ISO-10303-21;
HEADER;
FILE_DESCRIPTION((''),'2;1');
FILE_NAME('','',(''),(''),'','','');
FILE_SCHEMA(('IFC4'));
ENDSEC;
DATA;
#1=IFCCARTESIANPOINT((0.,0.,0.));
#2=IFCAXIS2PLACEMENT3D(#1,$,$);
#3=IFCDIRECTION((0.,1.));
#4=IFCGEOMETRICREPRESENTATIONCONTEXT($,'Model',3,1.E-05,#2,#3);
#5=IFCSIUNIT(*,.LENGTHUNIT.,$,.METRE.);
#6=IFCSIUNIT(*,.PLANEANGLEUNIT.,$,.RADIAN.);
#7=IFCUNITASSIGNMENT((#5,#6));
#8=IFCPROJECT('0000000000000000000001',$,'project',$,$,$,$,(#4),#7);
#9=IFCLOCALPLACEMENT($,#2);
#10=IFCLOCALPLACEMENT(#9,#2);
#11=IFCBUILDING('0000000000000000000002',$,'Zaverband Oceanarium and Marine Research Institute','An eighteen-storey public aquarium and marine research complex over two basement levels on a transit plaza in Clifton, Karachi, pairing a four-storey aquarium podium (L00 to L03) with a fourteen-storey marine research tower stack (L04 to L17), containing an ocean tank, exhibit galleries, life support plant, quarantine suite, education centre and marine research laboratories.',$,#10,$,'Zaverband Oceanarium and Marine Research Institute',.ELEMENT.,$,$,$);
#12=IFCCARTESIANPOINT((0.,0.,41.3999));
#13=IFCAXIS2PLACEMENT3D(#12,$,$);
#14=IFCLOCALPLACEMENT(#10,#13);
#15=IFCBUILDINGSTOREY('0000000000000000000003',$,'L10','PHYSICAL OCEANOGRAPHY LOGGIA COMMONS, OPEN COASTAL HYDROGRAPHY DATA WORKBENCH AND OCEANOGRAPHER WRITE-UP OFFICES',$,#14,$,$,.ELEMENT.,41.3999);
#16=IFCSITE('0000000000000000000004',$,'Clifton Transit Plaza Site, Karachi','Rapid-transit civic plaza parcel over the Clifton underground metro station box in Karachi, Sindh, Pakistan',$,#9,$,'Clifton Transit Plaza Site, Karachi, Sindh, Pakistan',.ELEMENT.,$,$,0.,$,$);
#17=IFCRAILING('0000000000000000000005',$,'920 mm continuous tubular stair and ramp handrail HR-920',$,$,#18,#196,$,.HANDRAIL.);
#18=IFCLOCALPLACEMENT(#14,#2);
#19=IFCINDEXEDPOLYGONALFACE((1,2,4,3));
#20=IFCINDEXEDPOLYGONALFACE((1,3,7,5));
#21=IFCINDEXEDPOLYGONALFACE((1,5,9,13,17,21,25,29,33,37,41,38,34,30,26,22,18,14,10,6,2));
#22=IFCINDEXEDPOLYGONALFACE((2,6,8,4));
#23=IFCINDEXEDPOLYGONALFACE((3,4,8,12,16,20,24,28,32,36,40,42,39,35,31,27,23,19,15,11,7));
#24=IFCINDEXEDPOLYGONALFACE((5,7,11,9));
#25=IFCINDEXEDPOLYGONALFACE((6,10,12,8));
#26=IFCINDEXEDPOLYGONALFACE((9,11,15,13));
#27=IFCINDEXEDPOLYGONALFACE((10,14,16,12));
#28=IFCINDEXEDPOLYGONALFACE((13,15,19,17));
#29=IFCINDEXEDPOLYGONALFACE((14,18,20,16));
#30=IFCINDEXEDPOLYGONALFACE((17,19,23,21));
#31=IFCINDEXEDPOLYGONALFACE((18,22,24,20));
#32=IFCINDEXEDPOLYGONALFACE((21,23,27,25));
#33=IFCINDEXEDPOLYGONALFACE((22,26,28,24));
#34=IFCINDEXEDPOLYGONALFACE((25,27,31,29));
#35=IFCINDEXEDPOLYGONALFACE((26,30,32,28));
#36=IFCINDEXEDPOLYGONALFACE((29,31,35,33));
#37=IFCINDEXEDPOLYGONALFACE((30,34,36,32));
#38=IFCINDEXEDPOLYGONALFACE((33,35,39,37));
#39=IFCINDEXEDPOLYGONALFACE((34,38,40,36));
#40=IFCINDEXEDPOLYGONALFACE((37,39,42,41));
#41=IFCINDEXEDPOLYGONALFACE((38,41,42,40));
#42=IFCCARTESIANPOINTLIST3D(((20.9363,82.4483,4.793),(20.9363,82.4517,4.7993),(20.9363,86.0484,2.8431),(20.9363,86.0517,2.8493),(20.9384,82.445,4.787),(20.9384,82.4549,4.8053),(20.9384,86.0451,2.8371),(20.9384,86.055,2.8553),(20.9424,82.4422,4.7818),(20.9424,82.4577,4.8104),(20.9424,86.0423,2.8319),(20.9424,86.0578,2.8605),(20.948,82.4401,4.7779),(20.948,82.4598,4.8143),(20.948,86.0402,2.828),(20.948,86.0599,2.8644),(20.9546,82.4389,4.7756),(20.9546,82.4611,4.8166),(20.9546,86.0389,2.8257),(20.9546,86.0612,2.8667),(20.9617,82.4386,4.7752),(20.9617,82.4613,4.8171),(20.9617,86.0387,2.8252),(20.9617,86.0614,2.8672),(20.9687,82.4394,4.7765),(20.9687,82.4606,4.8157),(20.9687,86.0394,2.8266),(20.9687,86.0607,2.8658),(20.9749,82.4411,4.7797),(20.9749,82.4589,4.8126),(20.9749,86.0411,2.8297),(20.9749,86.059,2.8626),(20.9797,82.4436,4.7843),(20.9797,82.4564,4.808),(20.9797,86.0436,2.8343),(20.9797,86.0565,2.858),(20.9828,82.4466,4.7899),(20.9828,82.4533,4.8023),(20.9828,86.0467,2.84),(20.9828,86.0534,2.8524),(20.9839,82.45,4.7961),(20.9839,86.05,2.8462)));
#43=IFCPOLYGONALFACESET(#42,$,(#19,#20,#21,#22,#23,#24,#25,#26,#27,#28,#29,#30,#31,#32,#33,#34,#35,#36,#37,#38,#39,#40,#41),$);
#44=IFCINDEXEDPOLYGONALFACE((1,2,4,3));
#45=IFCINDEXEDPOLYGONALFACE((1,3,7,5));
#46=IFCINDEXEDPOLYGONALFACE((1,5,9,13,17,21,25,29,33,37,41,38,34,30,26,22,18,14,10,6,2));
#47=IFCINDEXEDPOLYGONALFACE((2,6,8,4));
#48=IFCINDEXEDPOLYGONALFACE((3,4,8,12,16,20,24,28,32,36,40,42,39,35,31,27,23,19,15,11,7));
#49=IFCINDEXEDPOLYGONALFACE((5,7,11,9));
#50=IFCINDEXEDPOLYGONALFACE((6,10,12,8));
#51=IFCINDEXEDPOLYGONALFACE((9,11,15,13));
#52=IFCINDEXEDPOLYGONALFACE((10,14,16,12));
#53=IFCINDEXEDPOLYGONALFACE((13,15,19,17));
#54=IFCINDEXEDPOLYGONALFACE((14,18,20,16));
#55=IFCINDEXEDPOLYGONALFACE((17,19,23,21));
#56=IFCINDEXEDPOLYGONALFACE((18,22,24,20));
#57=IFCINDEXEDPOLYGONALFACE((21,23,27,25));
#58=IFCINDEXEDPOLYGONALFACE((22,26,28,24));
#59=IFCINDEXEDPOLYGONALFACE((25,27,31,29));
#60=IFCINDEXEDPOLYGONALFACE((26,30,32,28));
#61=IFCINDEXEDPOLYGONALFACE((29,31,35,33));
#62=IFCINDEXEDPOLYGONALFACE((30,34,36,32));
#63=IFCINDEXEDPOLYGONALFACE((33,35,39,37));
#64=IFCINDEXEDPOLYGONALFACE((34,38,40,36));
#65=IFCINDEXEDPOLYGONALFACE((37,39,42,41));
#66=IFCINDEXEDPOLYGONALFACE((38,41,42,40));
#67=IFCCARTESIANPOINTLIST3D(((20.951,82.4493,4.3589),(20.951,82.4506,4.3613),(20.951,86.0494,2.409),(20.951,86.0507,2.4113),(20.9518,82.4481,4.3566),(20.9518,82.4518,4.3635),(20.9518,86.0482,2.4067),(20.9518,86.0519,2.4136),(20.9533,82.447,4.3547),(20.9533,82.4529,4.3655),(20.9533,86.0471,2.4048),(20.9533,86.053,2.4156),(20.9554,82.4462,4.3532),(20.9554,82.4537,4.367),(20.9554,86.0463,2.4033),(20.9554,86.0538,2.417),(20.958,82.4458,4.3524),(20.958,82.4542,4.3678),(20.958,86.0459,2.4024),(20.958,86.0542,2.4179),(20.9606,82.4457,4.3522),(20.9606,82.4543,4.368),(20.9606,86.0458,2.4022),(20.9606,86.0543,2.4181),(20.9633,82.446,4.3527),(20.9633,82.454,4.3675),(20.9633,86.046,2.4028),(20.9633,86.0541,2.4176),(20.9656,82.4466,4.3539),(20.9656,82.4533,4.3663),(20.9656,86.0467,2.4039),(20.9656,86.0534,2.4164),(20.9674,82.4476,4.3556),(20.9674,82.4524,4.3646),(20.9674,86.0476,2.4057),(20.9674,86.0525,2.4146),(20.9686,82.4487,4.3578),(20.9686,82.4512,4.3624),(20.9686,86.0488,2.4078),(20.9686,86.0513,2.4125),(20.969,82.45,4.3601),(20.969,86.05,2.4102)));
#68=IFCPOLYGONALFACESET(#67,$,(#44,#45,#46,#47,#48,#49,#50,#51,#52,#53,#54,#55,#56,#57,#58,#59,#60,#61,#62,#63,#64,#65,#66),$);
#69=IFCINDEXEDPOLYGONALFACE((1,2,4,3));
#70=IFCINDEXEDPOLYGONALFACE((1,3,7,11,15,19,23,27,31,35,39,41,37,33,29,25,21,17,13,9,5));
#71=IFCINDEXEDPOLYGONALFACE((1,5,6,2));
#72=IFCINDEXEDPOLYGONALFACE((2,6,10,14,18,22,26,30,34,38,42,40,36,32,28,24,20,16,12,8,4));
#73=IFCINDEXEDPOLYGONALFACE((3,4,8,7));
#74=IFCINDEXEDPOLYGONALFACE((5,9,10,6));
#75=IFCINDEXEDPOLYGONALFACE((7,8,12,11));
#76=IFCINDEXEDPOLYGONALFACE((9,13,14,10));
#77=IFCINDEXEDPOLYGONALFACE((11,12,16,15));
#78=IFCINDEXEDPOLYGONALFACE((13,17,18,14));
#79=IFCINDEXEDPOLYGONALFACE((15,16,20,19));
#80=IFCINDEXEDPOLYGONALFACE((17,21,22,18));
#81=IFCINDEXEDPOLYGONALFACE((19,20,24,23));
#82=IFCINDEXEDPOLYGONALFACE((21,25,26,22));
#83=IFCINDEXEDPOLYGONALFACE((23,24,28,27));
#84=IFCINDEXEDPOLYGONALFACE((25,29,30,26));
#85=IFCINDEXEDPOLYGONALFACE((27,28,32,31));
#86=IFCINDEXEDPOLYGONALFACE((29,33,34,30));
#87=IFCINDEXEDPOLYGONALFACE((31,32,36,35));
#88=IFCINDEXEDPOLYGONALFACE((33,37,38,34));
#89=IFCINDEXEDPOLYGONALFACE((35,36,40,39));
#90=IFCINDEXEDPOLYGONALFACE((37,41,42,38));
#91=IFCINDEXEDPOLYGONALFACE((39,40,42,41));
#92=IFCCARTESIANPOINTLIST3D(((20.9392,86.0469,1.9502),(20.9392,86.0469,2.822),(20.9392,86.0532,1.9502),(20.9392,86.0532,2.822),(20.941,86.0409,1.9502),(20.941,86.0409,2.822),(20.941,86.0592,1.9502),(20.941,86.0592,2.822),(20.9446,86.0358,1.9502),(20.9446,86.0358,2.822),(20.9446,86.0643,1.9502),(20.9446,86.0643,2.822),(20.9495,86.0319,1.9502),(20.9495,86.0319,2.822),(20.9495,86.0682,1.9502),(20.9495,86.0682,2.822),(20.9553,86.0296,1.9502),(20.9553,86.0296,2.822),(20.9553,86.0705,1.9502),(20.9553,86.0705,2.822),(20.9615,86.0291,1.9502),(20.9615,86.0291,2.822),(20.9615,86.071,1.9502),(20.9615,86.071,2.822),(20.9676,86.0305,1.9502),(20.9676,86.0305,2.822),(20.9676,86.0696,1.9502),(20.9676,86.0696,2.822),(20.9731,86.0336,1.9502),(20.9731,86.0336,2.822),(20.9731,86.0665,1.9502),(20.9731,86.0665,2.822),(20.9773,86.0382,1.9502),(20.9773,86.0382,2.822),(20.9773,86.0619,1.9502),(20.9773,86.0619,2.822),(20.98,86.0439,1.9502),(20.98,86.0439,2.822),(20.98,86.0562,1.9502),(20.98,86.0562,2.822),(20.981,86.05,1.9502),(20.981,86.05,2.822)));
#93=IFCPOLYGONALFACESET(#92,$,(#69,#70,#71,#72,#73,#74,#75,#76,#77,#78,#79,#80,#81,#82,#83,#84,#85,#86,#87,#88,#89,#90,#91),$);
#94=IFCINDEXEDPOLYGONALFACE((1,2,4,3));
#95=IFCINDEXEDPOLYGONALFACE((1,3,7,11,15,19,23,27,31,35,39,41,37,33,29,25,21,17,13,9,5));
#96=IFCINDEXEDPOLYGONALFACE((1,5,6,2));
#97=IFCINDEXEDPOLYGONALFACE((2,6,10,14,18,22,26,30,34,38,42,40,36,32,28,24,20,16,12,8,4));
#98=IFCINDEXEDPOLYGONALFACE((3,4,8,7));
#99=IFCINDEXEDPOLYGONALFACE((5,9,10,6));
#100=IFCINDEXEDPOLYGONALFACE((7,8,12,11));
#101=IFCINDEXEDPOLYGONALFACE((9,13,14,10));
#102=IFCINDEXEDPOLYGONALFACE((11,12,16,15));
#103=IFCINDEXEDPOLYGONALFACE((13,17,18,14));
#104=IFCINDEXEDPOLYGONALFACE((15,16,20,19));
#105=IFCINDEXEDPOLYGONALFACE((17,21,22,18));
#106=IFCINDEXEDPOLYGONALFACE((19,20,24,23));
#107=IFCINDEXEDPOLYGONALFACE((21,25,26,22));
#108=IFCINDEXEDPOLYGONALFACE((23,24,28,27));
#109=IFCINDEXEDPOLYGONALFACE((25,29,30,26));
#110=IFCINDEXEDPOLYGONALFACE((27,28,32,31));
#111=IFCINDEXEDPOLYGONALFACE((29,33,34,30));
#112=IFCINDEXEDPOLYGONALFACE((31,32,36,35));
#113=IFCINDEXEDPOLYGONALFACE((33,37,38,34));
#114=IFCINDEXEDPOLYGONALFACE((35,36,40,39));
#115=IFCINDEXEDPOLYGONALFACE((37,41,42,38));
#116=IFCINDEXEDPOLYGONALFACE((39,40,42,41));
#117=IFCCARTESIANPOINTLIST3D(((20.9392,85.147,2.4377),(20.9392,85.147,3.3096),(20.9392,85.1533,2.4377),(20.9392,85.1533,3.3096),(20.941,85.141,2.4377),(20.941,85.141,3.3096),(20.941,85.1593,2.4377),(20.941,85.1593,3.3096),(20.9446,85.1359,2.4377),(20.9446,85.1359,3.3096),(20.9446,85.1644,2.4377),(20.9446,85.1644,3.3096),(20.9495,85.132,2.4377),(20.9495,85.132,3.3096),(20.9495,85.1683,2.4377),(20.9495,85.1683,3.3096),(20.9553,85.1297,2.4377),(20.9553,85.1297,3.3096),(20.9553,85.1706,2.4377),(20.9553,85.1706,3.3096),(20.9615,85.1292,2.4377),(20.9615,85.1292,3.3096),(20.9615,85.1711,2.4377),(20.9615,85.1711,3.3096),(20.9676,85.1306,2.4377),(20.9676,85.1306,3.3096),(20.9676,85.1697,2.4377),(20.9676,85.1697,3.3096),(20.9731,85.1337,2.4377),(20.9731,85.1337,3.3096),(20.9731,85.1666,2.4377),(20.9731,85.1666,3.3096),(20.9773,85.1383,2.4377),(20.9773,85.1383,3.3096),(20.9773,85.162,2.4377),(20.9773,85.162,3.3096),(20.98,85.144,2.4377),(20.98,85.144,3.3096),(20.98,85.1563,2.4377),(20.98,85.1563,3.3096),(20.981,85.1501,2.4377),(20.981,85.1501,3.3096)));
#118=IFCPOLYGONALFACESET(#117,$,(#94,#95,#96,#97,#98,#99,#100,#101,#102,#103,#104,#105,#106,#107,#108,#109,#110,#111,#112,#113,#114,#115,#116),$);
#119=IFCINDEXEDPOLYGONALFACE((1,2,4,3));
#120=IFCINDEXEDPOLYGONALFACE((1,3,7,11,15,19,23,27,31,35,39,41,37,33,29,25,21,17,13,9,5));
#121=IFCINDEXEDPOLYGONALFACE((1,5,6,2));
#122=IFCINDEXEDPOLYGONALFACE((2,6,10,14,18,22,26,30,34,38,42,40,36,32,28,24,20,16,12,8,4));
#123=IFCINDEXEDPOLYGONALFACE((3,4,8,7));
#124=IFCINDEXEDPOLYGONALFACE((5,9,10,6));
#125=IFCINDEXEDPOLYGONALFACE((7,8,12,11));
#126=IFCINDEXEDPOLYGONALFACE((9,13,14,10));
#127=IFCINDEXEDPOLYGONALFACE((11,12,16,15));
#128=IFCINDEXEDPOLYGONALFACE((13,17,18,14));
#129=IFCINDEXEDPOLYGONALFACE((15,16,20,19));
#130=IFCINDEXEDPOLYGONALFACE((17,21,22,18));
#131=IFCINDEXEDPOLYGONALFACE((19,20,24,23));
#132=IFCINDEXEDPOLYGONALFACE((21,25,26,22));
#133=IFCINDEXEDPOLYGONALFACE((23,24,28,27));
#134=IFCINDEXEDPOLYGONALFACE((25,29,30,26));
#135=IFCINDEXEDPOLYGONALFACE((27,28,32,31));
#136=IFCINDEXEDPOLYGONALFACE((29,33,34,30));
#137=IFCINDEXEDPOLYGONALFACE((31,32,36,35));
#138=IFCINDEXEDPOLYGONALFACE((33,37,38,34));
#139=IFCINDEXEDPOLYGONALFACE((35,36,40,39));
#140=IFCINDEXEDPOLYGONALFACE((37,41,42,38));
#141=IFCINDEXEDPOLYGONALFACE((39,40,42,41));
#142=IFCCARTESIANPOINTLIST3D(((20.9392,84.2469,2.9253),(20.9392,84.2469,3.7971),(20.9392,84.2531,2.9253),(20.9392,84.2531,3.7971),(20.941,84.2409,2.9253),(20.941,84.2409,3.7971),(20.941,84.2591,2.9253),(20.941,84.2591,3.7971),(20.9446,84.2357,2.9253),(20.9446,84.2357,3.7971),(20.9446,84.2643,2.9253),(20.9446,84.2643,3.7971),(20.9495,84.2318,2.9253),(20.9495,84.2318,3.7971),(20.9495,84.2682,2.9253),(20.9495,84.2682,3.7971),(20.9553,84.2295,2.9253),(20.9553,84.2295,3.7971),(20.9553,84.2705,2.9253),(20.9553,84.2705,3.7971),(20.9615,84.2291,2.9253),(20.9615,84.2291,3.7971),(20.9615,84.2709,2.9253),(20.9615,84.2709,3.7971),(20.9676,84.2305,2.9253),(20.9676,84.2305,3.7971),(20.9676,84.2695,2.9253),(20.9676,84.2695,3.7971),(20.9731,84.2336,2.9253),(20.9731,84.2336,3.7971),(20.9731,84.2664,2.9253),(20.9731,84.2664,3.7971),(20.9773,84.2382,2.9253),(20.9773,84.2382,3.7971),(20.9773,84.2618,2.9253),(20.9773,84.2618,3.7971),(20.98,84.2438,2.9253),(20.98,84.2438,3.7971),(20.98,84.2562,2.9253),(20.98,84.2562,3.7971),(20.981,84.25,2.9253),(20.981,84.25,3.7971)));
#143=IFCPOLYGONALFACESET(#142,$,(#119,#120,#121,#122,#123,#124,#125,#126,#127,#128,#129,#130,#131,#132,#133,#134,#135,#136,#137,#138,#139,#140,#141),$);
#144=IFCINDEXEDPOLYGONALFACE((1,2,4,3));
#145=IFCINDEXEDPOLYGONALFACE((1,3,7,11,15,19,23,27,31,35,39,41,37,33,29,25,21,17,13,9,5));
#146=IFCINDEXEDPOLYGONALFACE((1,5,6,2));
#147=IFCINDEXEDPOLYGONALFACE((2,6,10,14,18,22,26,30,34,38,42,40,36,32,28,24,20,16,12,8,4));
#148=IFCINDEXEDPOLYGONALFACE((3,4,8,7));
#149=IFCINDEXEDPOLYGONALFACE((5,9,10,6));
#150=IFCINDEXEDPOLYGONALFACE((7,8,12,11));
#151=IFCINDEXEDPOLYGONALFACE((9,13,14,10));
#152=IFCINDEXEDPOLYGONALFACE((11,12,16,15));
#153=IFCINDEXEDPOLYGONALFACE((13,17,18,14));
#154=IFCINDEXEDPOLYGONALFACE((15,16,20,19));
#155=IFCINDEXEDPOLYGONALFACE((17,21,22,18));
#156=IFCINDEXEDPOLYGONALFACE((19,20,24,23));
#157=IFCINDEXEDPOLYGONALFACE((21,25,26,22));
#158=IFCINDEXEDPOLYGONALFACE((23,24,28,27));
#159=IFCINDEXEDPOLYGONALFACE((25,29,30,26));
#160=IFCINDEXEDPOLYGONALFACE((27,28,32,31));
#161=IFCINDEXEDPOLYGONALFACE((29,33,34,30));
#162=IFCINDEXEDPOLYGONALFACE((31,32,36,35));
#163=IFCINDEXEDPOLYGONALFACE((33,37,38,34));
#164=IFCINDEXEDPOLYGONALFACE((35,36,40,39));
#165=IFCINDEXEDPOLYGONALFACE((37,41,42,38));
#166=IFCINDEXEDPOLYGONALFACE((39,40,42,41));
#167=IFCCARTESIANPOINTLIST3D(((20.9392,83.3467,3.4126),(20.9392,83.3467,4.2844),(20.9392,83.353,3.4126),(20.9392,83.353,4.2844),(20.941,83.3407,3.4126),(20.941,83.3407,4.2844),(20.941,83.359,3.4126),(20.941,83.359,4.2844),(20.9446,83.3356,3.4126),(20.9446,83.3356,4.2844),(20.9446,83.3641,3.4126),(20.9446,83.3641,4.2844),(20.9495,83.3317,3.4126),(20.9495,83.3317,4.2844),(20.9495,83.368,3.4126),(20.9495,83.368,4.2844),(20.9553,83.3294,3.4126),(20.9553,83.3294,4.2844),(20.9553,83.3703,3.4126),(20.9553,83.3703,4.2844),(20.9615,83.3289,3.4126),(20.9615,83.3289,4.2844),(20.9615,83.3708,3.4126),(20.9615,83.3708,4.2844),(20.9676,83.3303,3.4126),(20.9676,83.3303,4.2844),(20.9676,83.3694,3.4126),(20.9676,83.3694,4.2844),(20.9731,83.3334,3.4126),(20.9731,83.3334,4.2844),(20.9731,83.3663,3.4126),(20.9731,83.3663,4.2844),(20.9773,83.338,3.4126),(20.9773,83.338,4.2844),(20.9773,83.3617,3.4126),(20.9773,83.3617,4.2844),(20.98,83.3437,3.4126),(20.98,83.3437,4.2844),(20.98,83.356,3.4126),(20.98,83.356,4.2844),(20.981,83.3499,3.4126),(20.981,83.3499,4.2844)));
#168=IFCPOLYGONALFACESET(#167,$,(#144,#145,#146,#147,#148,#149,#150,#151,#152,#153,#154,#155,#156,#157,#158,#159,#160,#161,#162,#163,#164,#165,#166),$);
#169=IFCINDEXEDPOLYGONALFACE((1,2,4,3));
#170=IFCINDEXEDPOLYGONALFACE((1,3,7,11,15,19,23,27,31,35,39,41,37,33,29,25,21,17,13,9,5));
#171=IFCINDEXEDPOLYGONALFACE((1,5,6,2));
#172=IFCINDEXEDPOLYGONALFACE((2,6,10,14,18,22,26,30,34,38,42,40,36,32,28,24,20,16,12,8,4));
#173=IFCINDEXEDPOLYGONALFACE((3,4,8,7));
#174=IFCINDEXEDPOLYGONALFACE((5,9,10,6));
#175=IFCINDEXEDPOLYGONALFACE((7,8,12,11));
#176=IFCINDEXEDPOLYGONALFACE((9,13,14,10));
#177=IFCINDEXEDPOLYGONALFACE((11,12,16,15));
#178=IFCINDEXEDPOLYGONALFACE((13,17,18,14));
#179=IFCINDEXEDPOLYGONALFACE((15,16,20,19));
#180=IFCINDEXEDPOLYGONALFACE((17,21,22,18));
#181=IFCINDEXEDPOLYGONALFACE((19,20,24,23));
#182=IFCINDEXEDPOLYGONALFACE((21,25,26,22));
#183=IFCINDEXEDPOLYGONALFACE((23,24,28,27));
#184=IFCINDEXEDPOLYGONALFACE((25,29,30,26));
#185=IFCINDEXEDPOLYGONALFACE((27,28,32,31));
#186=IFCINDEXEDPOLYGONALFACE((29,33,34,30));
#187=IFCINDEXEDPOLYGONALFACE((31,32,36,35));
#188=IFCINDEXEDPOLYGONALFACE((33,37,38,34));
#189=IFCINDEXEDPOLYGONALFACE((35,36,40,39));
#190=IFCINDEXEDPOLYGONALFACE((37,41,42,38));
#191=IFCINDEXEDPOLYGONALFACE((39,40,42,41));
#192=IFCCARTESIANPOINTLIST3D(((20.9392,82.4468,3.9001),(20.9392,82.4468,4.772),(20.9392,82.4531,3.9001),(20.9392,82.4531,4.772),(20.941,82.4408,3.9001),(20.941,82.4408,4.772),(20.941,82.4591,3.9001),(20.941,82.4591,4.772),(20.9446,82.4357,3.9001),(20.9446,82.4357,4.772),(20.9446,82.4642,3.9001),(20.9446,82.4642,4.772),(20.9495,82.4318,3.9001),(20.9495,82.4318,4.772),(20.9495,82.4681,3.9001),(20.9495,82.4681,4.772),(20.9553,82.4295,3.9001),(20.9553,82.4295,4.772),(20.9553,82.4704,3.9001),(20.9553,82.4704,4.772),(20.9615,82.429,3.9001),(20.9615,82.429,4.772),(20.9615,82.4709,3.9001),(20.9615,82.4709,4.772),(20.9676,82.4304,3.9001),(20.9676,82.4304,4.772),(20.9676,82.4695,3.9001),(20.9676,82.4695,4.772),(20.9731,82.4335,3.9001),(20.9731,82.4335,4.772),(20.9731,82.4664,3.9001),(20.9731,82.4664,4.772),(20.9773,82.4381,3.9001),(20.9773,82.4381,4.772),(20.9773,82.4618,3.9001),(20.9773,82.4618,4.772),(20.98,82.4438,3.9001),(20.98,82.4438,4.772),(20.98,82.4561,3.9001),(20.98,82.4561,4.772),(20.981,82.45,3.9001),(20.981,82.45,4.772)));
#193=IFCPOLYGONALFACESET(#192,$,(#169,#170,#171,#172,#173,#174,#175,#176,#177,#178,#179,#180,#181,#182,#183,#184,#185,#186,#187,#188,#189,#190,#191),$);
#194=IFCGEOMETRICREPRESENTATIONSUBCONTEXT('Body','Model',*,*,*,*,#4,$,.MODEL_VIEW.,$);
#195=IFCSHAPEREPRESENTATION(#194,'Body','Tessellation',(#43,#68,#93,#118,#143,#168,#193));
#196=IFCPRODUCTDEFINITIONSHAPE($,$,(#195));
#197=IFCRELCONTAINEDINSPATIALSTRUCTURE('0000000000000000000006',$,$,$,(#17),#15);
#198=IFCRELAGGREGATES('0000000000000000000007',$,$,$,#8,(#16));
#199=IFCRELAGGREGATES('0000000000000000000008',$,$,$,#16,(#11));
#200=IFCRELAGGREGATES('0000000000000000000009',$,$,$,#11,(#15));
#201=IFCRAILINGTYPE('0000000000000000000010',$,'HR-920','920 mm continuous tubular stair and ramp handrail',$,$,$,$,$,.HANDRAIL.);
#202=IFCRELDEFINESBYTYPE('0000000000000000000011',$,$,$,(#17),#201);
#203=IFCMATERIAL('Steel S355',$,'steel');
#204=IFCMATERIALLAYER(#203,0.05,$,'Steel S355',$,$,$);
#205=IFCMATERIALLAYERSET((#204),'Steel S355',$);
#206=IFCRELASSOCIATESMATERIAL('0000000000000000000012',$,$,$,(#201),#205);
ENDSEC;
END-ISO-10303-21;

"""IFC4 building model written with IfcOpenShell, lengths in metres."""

from ifc_helpers import new_model, si_unit, direction, frame, origin, origin_2d, place, context, subcontext, project, spatial, circle, extrude, material, layer, layer_set, type_object, element, save


model = new_model("IFC4")

# Units and contexts
model_context = context("Model", 3, precision=1e-05, world=origin(), true_north=direction((0.0, 1.0)))
body_context = subcontext(model_context, "Body", "Model", "MODEL_VIEW")
ifc_project = project(units=[si_unit("LENGTHUNIT", "METRE"), si_unit("PLANEANGLEUNIT", "RADIAN")], contexts=[model_context])

# Site, building, storey
site_placement = place(None, origin())
site = spatial("IfcSite", under=ifc_project, at=site_placement, Name="Clifton Transit Plaza Site, Karachi", Description="Rapid-transit civic plaza parcel over the Clifton underground metro station box in Karachi, Sindh, Pakistan", LongName="Clifton Transit Plaza Site, Karachi, Sindh, Pakistan", CompositionType="ELEMENT", RefElevation=0.0)
building_placement = place(site_placement, origin())
building = spatial("IfcBuilding", under=site, at=building_placement, Name="Zaverband Oceanarium and Marine Research Institute", Description="An eighteen-storey public aquarium and marine research complex over two basement levels on a transit plaza in Clifton, Karachi, pairing a four-storey aquarium podium (L00 to L03) with a fourteen-storey marine research tower stack (L04 to L17), containing an ocean tank, exhibit galleries, life support plant, quarantine suite, education centre and marine research laboratories.", LongName="Zaverband Oceanarium and Marine Research Institute", CompositionType="ELEMENT")
storey_placement = place(building_placement, frame((0.0, 0.0, 41.3999)))
storey = spatial("IfcBuildingStorey", under=building, at=storey_placement, Name="L10", Description="PHYSICAL OCEANOGRAPHY LOGGIA COMMONS, OPEN COASTAL HYDROGRAPHY DATA WORKBENCH AND OCEANOGRAPHER WRITE-UP OFFICES", CompositionType="ELEMENT", Elevation=41.3999)

# Shared definitions
ifc_material_1 = material(Name="Steel S355", Category="steel")

# Railing
ifc_layer_1 = layer(ifc_material_1, 0.05, Name="Steel S355")
ifc_layer_set_1 = layer_set([ifc_layer_1], Name="Steel S355")
railing_type_1 = type_object("IfcRailingType", Name="HR-920", Description="920 mm continuous tubular stair and ramp handrail", PredefinedType="HANDRAIL", material=ifc_layer_set_1)
railing_1_placement = place(storey_placement, frame((20.96, 86.05, 1.9502)))
element("IfcRailing", 1, at=railing_1_placement, inside=storey, type_object=railing_type_1, Name="920 mm continuous tubular stair and ramp handrail HR-920", PredefinedType="HANDRAIL", context=body_context, shape_type="SweptSolid", body=[
    extrude(circle(Radius=0.0239, at=origin_2d()), frame((0.0, 0.0, 0.896), z_axis=(0.0, -0.879302, 0.476264), x_axis=(1.0, 0.0, 0.0)), (0.0, 0.0, 1.0), 4.0942),
    extrude(circle(Radius=0.009, at=origin_2d()), frame((0.0, 0.0, 0.46), z_axis=(0.0, -0.879302, 0.476264), x_axis=(1.0, 0.0, 0.0)), (0.0, 0.0, 1.0), 4.0942),
    extrude(circle(Radius=0.021, at=origin_2d()), origin(), (0.0, 0.0, 1.0), 0.8718),
    extrude(circle(Radius=0.021, at=origin_2d()), frame((0.0, -0.8999, 0.4875)), (0.0, 0.0, 1.0), 0.8718),
    extrude(circle(Radius=0.021, at=origin_2d()), frame((0.0, -1.8, 0.9751)), (0.0, 0.0, 1.0), 0.8718),
    extrude(circle(Radius=0.021, at=origin_2d()), frame((0.0, -2.7002, 1.4624)), (0.0, 0.0, 1.0), 0.8718),
    extrude(circle(Radius=0.021, at=origin_2d()), frame((0.0, -3.6001, 1.95)), (0.0, 0.0, 1.0), 0.8718),
])

save(model, "model.ifc")
